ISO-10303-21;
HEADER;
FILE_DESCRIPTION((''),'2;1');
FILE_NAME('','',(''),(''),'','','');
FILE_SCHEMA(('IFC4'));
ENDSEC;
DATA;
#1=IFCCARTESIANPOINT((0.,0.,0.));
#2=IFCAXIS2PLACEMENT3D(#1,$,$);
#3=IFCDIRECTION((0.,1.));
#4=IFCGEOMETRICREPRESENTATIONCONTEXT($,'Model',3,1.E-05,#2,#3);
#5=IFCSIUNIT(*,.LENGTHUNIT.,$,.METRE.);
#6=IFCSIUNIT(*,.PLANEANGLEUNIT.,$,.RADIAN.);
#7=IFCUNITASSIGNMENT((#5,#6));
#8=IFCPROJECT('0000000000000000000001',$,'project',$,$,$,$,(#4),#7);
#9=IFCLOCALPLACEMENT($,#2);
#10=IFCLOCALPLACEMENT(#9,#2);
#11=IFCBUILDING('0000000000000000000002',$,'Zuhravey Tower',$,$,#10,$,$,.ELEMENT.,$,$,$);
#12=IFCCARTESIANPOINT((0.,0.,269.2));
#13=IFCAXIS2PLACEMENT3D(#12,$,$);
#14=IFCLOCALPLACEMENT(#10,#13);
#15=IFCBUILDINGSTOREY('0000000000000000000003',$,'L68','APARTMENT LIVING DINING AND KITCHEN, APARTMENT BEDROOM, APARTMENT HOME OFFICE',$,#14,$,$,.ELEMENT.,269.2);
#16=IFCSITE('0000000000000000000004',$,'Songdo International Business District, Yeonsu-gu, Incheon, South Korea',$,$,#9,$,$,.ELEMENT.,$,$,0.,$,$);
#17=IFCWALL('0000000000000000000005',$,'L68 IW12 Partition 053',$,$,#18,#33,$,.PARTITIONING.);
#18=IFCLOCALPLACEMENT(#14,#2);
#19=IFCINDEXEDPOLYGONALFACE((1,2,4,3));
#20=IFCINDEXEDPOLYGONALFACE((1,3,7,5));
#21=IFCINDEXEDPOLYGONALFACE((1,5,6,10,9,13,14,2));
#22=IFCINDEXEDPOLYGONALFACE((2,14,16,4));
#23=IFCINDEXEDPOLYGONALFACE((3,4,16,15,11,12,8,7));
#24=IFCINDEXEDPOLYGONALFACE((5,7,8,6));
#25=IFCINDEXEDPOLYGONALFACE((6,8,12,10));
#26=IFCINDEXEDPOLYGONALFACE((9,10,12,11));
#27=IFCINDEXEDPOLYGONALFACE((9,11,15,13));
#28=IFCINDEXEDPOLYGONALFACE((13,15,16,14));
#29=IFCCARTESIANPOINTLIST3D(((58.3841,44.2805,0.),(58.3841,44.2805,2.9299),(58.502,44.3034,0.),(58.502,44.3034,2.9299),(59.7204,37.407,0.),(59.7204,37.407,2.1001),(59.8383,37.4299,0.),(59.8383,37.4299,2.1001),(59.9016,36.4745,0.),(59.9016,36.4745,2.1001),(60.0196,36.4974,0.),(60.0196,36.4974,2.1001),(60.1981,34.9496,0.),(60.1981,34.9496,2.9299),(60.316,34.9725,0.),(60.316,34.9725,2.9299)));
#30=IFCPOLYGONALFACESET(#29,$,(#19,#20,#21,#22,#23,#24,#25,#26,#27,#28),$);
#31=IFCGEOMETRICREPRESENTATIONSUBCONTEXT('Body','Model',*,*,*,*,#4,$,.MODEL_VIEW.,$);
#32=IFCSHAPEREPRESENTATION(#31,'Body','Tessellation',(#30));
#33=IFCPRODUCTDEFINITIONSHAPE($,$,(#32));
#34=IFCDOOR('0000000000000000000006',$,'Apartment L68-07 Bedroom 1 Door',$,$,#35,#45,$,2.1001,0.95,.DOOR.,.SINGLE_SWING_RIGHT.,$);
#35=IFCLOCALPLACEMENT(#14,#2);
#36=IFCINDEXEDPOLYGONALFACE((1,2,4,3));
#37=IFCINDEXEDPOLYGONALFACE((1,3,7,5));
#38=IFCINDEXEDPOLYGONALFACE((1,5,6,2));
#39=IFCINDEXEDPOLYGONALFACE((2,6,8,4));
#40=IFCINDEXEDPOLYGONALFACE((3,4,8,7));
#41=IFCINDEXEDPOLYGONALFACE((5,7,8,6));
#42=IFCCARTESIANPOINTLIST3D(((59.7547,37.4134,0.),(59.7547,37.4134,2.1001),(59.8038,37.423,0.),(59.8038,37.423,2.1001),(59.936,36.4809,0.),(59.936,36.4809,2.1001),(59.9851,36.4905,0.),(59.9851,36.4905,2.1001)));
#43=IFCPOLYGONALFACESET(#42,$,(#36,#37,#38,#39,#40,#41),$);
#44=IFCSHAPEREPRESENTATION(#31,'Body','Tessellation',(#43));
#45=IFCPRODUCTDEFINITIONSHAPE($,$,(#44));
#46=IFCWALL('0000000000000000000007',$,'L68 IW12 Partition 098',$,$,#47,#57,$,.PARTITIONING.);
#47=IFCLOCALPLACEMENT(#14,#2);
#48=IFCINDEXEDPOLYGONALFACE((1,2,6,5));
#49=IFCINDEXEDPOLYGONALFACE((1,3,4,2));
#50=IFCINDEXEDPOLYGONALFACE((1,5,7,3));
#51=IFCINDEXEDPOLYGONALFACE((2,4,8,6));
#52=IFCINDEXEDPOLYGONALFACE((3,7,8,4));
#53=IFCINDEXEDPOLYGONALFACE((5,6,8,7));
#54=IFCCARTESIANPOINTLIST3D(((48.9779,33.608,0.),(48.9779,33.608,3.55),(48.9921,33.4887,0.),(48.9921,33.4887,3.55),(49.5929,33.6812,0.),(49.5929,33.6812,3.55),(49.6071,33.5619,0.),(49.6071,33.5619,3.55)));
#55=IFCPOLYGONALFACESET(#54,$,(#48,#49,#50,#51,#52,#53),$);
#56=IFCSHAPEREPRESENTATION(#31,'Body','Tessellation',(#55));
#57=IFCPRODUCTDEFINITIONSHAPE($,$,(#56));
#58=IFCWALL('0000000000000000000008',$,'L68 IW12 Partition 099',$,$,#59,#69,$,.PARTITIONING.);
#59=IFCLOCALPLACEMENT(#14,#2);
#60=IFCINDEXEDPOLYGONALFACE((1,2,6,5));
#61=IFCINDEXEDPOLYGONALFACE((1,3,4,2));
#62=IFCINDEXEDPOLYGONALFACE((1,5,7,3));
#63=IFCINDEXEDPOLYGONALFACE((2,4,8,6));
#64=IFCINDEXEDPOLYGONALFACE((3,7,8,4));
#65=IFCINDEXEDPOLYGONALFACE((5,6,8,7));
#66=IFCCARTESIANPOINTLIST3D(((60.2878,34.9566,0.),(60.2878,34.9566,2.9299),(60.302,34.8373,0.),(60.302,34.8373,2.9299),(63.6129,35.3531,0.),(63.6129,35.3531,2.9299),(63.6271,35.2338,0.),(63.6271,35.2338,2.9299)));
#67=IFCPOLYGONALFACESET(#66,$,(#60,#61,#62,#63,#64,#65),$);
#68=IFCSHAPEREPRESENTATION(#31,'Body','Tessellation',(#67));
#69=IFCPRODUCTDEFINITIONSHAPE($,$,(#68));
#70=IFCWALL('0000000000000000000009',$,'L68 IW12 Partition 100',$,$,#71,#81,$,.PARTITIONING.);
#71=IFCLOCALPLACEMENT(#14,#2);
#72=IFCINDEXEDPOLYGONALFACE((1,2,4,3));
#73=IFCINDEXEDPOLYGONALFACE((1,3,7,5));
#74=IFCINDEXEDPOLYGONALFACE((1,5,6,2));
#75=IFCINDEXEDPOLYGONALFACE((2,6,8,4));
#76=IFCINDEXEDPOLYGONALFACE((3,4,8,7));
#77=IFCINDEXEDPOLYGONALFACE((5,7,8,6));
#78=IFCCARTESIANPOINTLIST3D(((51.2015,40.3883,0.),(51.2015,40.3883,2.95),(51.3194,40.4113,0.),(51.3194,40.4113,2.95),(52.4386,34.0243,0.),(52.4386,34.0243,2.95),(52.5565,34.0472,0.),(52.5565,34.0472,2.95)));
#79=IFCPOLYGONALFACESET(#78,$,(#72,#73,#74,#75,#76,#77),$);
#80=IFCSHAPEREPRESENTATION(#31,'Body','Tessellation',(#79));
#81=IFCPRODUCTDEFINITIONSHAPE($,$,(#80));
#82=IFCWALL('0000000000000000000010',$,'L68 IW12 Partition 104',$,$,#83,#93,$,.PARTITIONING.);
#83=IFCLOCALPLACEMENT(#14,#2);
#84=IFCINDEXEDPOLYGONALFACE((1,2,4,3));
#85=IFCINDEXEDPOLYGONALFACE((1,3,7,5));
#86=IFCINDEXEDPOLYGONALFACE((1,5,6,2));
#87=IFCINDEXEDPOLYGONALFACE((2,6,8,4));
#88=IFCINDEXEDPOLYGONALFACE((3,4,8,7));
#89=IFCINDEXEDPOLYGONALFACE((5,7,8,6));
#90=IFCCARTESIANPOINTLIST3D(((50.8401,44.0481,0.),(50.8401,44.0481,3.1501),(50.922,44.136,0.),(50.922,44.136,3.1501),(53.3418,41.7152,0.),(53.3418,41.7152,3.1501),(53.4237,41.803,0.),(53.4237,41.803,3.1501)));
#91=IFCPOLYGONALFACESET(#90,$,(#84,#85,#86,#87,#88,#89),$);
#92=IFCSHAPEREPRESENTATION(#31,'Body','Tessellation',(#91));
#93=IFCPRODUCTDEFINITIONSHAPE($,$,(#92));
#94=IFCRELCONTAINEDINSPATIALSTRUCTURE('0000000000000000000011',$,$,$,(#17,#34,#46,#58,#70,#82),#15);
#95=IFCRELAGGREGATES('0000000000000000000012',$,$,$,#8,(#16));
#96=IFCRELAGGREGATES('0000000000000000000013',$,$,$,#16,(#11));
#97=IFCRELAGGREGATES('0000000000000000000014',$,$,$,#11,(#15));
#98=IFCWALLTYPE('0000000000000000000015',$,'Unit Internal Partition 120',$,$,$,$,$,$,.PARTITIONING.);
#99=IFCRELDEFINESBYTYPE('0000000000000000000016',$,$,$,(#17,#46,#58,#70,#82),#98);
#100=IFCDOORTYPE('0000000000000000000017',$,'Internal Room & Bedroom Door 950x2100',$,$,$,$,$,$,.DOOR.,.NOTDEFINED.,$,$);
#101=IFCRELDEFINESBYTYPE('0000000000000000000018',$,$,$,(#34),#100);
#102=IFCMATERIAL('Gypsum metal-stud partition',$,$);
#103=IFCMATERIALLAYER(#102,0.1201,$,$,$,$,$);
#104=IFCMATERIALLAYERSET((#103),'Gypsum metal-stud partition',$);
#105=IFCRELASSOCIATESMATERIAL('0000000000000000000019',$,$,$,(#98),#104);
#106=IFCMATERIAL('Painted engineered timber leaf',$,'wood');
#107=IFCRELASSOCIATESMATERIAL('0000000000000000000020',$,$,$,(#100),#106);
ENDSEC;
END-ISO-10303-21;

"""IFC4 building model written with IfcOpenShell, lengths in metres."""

from ifc_helpers import new_model, si_unit, direction, frame, frame_2d, origin, place, context, subcontext, project, spatial, rectangle, extrude, material, layer, layer_set, type_object, element, fill, save


model = new_model("IFC4")

# Units and contexts
model_context = context("Model", 3, precision=1e-05, world=origin(), true_north=direction((0.0, 1.0)))
body_context = subcontext(model_context, "Body", "Model", "MODEL_VIEW")
ifc_project = project(units=[si_unit("LENGTHUNIT", "METRE"), si_unit("PLANEANGLEUNIT", "RADIAN")], contexts=[model_context])

# Site, building, storey
site_placement = place(None, origin())
site = spatial("IfcSite", under=ifc_project, at=site_placement, Name="Songdo International Business District, Yeonsu-gu, Incheon, South Korea", CompositionType="ELEMENT", RefElevation=0.0)
building_placement = place(site_placement, origin())
building = spatial("IfcBuilding", under=site, at=building_placement, Name="Zuhravey Tower", CompositionType="ELEMENT")
storey_placement = place(building_placement, frame((0.0, 0.0, 269.2)))
storey = spatial("IfcBuildingStorey", under=building, at=storey_placement, Name="L68", Description="APARTMENT LIVING DINING AND KITCHEN, APARTMENT BEDROOM, APARTMENT HOME OFFICE", CompositionType="ELEMENT", Elevation=269.2)

# Wall, opening, door
ifc_material_1 = material(Name="Gypsum metal-stud partition")
ifc_layer_1 = layer(ifc_material_1, 0.1201)
ifc_layer_set_1 = layer_set([ifc_layer_1], Name="Gypsum metal-stud partition")
wall_type_1 = type_object("IfcWallType", Name="Unit Internal Partition 120", PredefinedType="PARTITIONING", material=ifc_layer_set_1)
ifc_material_2 = material(Name="Painted engineered timber leaf", Category="wood")
door_type_1 = type_object("IfcDoorType", Name="Internal Room & Bedroom Door 950x2100", OperationType="NOTDEFINED", PredefinedType="DOOR", material=ifc_material_2)
wall_1_placement = place(storey_placement, frame((60.2571, 34.9609, 0.0), z_axis=(0.0, 0.0, 1.0), x_axis=(-0.190833, 0.981622, 0.0)))
wall_1 = element("IfcWall", 1, at=wall_1_placement, inside=storey, type_object=wall_type_1, Name="L68 IW12 Partition 053", PredefinedType="PARTITIONING", context=body_context, shape_type="SweptSolid", body=[
    extrude(rectangle(XDim=9.5056, YDim=0.1201, at=frame_2d((4.7529, 0.0))), origin(), (0.0, 0.0, 1.0), 2.9299),
])
opening_1_placement = place(wall_1_placement, frame((1.5535, 0.0, 0.0)))
opening_1 = element("IfcOpeningElement", 2, at=opening_1_placement, cuts=wall_1, PredefinedType="OPENING", context=body_context, shape_type="SweptSolid", body=[
    extrude(rectangle(XDim=0.95, YDim=2.1001, at=frame_2d((0.4751, 1.05))), frame((0.0, 0.072, 0.0), z_axis=(0.0, -1.0, 0.0), x_axis=(1.0, 0.0, 0.0)), (0.0, 0.0, 1.0), 0.144),
])
door_1_placement = place(opening_1_placement, frame((0.95, 0.0, 0.0), z_axis=(0.0, 0.0, 1.0), x_axis=(-1.0, 0.0, 0.0)))
door_1 = element("IfcDoor", 3, at=door_1_placement, inside=storey, type_object=door_type_1, Name="Apartment L68-07 Bedroom 1 Door", OperationType="SINGLE_SWING_RIGHT", OverallHeight=2.1001, OverallWidth=0.95, PredefinedType="DOOR", context=body_context, shape_type="SweptSolid", body=[
    extrude(rectangle(XDim=0.95, YDim=2.1001, at=frame_2d((0.4751, 1.05))), frame((0.0, 0.0249, 0.0), z_axis=(0.0, -1.0, 0.0), x_axis=(1.0, 0.0, 0.0)), (0.0, 0.0, 1.0), 0.05),
])
fill(opening_1, door_1)

# Walls
wall_2_placement = place(storey_placement, frame((48.9851, 33.5483, 0.0), z_axis=(0.0, 0.0, 1.0), x_axis=(0.992983, 0.118259, 0.0)))
element("IfcWall", 4, at=wall_2_placement, inside=storey, type_object=wall_type_1, Name="L68 IW12 Partition 098", PredefinedType="PARTITIONING", context=body_context, shape_type="SweptSolid", body=[
    extrude(rectangle(XDim=0.6194, YDim=0.1201, at=frame_2d((0.3096, 0.0))), origin(), (0.0, 0.0, 1.0), 3.55),
])
wall_3_placement = place(storey_placement, frame((60.2949, 34.897, 0.0), z_axis=(0.0, 0.0, 1.0), x_axis=(0.992966, 0.118398, 0.0)))
element("IfcWall", 5, at=wall_3_placement, inside=storey, type_object=wall_type_1, Name="L68 IW12 Partition 099", PredefinedType="PARTITIONING", context=body_context, shape_type="SweptSolid", body=[
    extrude(rectangle(XDim=3.3486, YDim=0.1201, at=frame_2d((1.6743, 0.0))), origin(), (0.0, 0.0, 1.0), 2.9299),
])
wall_4_placement = place(storey_placement, frame((52.4976, 34.0356, 0.0), z_axis=(0.0, 0.0, 1.0), x_axis=(-0.190812, 0.981627, 0.0)))
element("IfcWall", 6, at=wall_4_placement, inside=storey, type_object=wall_type_1, Name="L68 IW12 Partition 100", PredefinedType="PARTITIONING", context=body_context, shape_type="SweptSolid", body=[
    extrude(rectangle(XDim=6.4832, YDim=0.1201, at=frame_2d((3.2417, 0.0))), origin(), (0.0, 0.0, 1.0), 2.95),
])
wall_5_placement = place(storey_placement, frame((53.3828, 41.759, 0.0), z_axis=(0.0, 0.0, 1.0), x_axis=(-0.731335, 0.682018, 0.0)))
element("IfcWall", 7, at=wall_5_placement, inside=storey, type_object=wall_type_1, Name="L68 IW12 Partition 104", PredefinedType="PARTITIONING", context=body_context, shape_type="SweptSolid", body=[
    extrude(rectangle(XDim=3.4207, YDim=0.1201, at=frame_2d((1.7104, 0.0))), origin(), (0.0, 0.0, 1.0), 3.1501),
])

save(model, "model.ifc")
